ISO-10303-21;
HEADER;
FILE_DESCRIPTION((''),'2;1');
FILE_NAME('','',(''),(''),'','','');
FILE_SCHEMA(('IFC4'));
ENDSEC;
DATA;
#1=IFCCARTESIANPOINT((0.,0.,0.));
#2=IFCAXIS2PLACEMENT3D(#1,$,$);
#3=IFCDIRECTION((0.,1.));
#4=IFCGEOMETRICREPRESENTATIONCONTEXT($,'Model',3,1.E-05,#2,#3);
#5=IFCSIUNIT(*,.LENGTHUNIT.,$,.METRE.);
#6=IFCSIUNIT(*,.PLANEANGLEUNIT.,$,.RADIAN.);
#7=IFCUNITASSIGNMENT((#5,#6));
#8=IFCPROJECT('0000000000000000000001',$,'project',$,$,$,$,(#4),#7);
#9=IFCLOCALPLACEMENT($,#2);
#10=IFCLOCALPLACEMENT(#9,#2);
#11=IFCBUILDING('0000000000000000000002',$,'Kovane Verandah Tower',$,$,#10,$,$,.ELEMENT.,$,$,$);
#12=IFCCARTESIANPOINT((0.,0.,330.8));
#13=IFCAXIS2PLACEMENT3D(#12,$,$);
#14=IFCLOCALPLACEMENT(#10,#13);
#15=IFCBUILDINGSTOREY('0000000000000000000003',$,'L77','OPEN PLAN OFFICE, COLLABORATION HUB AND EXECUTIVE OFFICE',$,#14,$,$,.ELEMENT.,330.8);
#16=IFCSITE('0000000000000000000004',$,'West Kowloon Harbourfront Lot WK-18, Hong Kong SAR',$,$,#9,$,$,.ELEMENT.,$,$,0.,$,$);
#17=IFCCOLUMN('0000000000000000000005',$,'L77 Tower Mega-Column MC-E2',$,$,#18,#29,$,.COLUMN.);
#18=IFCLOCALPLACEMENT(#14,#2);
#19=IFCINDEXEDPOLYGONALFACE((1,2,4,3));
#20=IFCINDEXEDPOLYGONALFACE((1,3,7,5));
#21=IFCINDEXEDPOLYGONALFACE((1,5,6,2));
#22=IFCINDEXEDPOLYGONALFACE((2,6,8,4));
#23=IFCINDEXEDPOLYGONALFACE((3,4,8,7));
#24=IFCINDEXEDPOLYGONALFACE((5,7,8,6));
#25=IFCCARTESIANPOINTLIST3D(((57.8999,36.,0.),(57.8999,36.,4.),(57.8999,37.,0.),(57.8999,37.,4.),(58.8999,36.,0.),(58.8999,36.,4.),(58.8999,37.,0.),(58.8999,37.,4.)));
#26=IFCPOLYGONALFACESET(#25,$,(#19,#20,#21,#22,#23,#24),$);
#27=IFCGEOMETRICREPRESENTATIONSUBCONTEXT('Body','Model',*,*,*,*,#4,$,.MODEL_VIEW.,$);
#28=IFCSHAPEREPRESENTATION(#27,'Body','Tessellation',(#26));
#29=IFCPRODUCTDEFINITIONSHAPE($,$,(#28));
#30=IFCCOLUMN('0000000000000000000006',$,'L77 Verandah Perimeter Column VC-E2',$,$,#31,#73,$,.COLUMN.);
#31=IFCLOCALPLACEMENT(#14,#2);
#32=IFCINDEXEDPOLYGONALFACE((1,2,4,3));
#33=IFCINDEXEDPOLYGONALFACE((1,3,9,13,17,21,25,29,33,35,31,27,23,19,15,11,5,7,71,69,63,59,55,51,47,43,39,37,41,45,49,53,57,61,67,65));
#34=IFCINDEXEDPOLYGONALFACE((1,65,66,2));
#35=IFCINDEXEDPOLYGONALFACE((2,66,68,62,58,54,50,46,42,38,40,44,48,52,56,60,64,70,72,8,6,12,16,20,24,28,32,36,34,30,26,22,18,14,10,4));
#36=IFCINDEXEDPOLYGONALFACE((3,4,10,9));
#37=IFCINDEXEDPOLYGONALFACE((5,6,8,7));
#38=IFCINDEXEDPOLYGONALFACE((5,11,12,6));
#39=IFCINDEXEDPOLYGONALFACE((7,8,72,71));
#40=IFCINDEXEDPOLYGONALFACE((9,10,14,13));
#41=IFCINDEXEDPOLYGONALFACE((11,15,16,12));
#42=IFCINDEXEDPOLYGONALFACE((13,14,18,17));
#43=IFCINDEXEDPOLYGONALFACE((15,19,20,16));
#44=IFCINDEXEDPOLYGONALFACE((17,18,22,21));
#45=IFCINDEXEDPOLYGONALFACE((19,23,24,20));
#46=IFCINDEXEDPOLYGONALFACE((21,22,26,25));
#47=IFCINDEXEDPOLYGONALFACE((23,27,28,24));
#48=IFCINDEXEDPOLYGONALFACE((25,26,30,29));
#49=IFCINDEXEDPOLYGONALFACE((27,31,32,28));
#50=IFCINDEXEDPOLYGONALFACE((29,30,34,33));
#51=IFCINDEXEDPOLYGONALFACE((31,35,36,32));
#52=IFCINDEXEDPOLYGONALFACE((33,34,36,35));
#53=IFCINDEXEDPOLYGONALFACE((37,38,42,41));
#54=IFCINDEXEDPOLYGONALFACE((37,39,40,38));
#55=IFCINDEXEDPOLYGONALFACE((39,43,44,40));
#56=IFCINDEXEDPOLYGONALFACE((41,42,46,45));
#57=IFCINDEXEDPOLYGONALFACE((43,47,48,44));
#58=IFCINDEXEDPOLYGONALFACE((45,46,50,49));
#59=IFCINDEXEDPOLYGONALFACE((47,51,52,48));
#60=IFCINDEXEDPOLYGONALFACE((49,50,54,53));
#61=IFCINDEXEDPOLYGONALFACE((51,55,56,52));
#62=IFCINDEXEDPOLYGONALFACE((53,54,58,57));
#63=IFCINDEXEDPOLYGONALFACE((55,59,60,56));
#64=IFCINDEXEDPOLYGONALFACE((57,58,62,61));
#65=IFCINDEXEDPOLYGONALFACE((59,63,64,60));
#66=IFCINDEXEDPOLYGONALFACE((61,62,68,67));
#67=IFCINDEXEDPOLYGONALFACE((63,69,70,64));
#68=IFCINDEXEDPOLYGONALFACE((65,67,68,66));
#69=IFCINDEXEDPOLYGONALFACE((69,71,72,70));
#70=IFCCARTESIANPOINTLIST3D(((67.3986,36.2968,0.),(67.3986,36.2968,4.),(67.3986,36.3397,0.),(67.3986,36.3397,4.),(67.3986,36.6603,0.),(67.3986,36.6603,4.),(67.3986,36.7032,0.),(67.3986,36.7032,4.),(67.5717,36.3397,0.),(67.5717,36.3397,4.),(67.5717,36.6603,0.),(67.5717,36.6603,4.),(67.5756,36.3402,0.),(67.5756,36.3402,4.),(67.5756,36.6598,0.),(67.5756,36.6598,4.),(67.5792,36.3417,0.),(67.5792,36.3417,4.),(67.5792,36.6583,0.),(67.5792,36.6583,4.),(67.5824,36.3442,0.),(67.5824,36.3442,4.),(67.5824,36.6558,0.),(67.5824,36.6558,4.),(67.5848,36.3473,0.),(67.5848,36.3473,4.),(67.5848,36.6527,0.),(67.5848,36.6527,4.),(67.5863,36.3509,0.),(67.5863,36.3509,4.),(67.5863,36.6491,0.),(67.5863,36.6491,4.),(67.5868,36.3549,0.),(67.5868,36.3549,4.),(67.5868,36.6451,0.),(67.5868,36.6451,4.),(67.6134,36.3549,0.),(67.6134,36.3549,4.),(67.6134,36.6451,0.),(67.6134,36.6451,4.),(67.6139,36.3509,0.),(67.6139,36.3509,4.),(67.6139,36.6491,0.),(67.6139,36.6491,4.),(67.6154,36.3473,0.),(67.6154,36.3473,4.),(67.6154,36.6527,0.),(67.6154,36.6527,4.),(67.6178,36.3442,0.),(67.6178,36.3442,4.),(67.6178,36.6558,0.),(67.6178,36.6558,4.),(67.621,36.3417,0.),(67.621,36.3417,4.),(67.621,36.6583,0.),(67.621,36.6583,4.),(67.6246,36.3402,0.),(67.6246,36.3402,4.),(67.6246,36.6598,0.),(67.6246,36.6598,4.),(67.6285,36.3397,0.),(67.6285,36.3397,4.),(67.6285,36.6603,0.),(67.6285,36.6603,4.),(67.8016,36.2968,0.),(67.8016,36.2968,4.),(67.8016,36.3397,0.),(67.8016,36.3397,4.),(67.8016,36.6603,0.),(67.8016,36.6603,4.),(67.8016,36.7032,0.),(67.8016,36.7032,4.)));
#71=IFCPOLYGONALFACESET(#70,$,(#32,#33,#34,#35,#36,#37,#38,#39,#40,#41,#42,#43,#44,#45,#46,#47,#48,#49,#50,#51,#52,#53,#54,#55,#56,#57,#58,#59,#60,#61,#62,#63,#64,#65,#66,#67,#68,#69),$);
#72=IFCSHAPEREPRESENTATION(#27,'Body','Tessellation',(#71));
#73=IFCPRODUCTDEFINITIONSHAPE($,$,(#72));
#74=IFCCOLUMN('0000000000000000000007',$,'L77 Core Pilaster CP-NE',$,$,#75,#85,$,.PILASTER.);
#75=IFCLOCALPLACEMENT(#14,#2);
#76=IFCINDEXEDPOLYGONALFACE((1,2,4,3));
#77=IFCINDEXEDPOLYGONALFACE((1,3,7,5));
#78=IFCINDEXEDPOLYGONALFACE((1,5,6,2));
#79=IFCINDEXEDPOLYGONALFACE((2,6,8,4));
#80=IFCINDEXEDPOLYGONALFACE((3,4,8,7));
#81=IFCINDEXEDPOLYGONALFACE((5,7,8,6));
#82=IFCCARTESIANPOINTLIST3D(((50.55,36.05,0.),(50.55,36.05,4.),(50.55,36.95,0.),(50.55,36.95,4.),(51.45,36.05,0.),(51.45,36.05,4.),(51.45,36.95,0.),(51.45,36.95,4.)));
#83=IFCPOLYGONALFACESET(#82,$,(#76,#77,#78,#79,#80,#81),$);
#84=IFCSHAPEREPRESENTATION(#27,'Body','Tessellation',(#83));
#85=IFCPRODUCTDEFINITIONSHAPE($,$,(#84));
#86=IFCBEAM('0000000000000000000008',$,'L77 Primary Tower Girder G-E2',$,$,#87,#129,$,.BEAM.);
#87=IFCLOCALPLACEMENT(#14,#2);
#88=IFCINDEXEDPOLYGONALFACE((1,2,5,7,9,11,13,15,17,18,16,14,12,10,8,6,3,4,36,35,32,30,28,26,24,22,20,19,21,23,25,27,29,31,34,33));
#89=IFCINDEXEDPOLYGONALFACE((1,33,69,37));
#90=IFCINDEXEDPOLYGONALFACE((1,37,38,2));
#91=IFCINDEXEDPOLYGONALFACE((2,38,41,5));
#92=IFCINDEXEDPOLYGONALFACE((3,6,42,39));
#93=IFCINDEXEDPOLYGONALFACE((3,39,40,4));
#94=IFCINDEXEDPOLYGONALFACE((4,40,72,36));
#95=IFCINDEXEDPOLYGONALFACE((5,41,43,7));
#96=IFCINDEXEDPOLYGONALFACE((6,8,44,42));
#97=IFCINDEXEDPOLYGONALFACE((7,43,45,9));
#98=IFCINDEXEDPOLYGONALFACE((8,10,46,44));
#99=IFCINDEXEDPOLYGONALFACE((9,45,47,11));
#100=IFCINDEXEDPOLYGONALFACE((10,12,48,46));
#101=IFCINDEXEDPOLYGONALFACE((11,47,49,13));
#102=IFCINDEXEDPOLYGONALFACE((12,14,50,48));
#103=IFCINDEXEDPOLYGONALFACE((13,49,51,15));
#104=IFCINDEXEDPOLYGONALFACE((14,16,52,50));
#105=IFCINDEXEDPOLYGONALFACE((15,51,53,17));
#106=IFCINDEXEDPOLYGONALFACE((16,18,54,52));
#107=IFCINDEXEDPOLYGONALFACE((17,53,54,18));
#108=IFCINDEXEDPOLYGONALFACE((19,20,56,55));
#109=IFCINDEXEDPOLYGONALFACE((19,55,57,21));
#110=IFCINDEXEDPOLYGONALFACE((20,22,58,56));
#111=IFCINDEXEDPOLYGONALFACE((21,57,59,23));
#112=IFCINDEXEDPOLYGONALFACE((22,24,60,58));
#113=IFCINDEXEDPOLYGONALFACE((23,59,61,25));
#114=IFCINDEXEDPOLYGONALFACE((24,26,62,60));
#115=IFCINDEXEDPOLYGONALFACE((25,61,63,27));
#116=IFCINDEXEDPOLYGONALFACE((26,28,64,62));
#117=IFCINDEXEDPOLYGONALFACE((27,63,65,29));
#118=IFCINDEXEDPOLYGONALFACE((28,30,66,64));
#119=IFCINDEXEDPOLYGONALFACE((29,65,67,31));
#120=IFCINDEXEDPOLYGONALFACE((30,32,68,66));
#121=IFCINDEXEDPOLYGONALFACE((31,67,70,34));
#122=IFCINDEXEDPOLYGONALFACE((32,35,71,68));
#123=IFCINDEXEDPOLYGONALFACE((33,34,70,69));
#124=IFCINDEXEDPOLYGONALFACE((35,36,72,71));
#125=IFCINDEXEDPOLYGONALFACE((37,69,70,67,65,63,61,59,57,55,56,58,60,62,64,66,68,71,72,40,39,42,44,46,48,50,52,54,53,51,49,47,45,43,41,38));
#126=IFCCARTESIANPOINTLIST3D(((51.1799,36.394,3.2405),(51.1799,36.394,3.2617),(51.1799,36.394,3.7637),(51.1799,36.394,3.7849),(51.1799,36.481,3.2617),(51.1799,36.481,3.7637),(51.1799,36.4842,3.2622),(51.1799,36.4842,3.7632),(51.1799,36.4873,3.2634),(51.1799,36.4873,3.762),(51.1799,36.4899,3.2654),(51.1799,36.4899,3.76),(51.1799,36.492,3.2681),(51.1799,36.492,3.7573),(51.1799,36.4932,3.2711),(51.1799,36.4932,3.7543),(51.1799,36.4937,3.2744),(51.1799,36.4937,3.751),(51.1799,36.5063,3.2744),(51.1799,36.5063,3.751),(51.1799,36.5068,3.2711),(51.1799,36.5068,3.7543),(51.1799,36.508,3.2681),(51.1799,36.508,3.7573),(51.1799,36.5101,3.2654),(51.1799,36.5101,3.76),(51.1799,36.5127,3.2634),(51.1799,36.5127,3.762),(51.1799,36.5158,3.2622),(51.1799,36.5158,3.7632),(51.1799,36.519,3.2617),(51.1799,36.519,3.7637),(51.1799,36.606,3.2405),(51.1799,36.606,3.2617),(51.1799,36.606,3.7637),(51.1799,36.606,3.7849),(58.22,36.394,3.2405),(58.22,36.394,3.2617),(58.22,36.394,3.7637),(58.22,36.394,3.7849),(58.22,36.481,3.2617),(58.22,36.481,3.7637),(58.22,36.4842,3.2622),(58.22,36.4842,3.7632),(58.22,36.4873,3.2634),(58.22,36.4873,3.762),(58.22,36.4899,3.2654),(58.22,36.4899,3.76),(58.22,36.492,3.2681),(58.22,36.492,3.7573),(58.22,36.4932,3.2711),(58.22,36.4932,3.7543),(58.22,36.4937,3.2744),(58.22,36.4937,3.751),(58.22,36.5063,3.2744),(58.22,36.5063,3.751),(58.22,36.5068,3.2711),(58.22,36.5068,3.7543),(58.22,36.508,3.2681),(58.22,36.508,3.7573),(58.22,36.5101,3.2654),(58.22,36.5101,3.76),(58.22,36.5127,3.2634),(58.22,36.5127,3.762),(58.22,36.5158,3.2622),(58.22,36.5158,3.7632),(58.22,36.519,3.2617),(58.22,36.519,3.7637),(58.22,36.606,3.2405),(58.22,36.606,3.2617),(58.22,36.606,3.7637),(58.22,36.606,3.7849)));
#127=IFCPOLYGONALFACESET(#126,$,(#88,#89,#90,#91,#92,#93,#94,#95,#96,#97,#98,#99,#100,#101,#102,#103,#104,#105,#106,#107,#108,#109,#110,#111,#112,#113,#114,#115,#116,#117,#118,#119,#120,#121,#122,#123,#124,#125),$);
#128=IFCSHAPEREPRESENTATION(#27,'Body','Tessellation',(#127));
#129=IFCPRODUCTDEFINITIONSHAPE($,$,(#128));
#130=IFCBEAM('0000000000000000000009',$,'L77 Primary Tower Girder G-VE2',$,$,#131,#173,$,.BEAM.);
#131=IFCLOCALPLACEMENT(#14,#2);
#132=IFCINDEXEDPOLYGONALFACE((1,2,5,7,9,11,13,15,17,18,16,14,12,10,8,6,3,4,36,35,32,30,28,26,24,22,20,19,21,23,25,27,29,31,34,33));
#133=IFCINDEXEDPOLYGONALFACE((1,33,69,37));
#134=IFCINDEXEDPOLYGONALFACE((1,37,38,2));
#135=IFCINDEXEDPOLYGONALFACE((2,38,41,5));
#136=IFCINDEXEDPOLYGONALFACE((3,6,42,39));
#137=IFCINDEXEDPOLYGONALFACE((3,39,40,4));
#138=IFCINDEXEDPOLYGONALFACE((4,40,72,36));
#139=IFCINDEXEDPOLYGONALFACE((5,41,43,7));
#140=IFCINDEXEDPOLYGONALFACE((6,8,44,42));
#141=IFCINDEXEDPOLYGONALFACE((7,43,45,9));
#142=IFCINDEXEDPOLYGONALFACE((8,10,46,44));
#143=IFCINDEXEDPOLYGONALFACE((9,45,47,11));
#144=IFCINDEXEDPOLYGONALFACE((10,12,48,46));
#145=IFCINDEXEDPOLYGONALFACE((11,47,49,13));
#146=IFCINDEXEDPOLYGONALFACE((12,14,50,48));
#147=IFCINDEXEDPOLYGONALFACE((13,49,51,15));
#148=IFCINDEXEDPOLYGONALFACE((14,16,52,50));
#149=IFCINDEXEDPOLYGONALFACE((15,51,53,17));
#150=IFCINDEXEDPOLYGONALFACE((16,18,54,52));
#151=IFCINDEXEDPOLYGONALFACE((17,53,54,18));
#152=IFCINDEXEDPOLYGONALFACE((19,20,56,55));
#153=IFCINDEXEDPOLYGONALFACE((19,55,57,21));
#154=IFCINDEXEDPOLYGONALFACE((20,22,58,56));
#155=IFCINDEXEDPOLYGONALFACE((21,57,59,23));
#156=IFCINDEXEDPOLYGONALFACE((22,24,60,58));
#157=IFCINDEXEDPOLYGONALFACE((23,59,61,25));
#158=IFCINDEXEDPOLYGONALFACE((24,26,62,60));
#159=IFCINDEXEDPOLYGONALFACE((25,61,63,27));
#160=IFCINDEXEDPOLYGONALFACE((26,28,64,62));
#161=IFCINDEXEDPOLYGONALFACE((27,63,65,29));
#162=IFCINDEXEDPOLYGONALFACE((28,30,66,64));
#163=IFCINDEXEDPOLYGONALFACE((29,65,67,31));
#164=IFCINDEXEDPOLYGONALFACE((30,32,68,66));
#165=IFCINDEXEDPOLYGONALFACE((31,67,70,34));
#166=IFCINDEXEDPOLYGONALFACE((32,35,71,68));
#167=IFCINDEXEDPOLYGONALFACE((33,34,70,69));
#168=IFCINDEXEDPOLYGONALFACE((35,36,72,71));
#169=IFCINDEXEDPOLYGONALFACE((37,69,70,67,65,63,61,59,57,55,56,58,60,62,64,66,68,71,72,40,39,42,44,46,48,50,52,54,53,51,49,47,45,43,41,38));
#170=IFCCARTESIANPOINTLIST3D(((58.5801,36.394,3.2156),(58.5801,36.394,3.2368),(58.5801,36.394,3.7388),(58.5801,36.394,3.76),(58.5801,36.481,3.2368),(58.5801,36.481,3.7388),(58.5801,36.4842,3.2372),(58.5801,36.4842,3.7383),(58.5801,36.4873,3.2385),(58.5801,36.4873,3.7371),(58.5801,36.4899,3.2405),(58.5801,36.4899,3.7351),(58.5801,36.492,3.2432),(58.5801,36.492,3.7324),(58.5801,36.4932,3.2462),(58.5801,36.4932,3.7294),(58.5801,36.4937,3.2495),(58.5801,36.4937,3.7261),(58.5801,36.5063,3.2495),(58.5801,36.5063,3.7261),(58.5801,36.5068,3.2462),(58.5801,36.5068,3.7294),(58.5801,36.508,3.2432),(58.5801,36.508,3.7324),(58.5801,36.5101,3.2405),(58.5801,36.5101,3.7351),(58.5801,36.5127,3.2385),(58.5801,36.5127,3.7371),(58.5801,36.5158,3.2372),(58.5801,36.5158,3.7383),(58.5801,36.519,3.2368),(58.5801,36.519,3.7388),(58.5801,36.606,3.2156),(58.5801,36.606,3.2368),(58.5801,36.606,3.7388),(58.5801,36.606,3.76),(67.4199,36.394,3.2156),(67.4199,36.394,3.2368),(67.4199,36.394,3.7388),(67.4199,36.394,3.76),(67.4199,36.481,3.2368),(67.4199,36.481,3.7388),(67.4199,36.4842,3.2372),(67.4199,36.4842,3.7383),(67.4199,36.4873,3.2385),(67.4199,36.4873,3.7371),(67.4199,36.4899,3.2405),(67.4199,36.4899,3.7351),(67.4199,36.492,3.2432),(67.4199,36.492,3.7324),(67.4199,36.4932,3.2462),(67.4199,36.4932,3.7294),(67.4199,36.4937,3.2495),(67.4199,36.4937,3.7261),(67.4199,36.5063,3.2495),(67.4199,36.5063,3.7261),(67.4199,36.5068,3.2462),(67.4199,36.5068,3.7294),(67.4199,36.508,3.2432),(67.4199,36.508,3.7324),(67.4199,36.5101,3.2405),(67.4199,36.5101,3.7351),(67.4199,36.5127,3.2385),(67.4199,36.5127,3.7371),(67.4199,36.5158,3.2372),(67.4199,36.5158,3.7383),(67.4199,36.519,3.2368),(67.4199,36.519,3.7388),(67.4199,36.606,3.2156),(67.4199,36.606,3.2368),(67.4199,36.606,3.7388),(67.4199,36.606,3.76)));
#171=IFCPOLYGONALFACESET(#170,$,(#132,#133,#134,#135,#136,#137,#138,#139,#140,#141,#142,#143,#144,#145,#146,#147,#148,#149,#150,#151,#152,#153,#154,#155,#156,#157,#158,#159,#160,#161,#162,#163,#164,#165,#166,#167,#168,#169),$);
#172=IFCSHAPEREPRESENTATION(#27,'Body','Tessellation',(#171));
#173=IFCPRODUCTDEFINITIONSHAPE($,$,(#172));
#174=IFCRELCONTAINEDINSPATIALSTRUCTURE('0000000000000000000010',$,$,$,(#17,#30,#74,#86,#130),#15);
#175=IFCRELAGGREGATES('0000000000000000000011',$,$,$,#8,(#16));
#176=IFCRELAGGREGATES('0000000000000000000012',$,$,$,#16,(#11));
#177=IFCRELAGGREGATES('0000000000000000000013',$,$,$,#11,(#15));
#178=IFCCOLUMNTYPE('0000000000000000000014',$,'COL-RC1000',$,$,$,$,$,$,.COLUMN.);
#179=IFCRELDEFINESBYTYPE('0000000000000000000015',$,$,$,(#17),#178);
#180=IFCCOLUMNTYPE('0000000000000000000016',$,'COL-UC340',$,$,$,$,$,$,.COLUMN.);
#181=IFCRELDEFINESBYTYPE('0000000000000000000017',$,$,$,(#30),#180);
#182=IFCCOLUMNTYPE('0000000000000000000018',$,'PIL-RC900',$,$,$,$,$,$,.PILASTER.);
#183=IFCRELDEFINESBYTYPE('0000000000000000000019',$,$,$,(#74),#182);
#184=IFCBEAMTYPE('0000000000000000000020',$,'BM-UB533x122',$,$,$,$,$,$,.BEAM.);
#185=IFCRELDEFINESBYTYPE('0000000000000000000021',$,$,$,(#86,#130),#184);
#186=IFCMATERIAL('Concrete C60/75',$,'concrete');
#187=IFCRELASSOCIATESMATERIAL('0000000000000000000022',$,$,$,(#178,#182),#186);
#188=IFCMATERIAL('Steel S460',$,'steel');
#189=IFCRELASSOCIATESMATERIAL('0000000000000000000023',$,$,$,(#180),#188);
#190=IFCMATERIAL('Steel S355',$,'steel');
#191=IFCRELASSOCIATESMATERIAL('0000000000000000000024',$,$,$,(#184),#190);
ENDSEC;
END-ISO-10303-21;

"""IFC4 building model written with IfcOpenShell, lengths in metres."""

from ifc_helpers import new_model, si_unit, direction, frame, origin, origin_2d, place, context, subcontext, project, spatial, rectangle, i_section, extrude, material, material_profile, profile_set, type_object, element, save


model = new_model("IFC4")

# Units and contexts
model_context = context("Model", 3, precision=1e-05, world=origin(), true_north=direction((0.0, 1.0)))
body_context = subcontext(model_context, "Body", "Model", "MODEL_VIEW")
ifc_project = project(units=[si_unit("LENGTHUNIT", "METRE"), si_unit("PLANEANGLEUNIT", "RADIAN")], contexts=[model_context])

# Site, building, storey
site_placement = place(None, origin())
site = spatial("IfcSite", under=ifc_project, at=site_placement, Name="West Kowloon Harbourfront Lot WK-18, Hong Kong SAR", CompositionType="ELEMENT", RefElevation=0.0)
building_placement = place(site_placement, origin())
building = spatial("IfcBuilding", under=site, at=building_placement, Name="Kovane Verandah Tower", CompositionType="ELEMENT")
storey_placement = place(building_placement, frame((0.0, 0.0, 330.8)))
storey = spatial("IfcBuildingStorey", under=building, at=storey_placement, Name="L77", Description="OPEN PLAN OFFICE, COLLABORATION HUB AND EXECUTIVE OFFICE", CompositionType="ELEMENT", Elevation=330.8)

# Columns
ifc_material_1 = material(Name="Concrete C60/75", Category="concrete")
ifc_material_profile_1 = material_profile(ifc_material_1, rectangle(XDim=1.0, YDim=1.0, at=origin_2d()), Name="RC1000x1000")
ifc_profile_set_1 = profile_set([ifc_material_profile_1], Name="Concrete C60/75")
column_type_1 = type_object("IfcColumnType", Name="COL-RC1000", PredefinedType="COLUMN", material=ifc_profile_set_1)
column_1_placement = place(storey_placement, frame((58.3999, 36.5, 0.0), z_axis=(0.0, 0.0, 1.0), x_axis=(1.0, 0.0, 0.0)))
element("IfcColumn", 1, at=column_1_placement, inside=storey, type_object=column_type_1, Name="L77 Tower Mega-Column MC-E2", PredefinedType="COLUMN", context=body_context, shape_type="SweptSolid", body=[
    extrude(rectangle(XDim=1.0, YDim=1.0, at=origin_2d()), origin(), (0.0, 0.0, 1.0), 4.0),
])
ifc_material_2 = material(Name="Steel S460", Category="steel")
ifc_material_profile_2 = material_profile(ifc_material_2, i_section(OverallWidth=0.4031, OverallDepth=0.4065, WebThickness=0.0266, FlangeThickness=0.043, FilletRadius=0.0151, at=origin_2d()), Name="UC356x406x340")
ifc_profile_set_2 = profile_set([ifc_material_profile_2], Name="Steel S460")
column_type_2 = type_object("IfcColumnType", Name="COL-UC340", PredefinedType="COLUMN", material=ifc_profile_set_2)
column_2_placement = place(storey_placement, frame((67.6001, 36.5, 0.0), z_axis=(0.0, 0.0, 1.0), x_axis=(1.0, 0.0, 0.0)))
element("IfcColumn", 2, at=column_2_placement, inside=storey, type_object=column_type_2, Name="L77 Verandah Perimeter Column VC-E2", PredefinedType="COLUMN", context=body_context, shape_type="SweptSolid", body=[
    extrude(i_section(OverallWidth=0.4031, OverallDepth=0.4065, WebThickness=0.0266, FlangeThickness=0.043, FilletRadius=0.0151, at=origin_2d()), origin(), (0.0, 0.0, 1.0), 4.0),
])
ifc_material_profile_3 = material_profile(ifc_material_1, rectangle(XDim=0.8999, YDim=0.8999, at=origin_2d()), Name="RC900x900")
ifc_profile_set_3 = profile_set([ifc_material_profile_3], Name="Concrete C60/75")
column_type_3 = type_object("IfcColumnType", Name="PIL-RC900", PredefinedType="PILASTER", material=ifc_profile_set_3)
column_3_placement = place(storey_placement, frame((51.0, 36.5, 0.0), z_axis=(0.0, 0.0, 1.0), x_axis=(1.0, 0.0, 0.0)))
element("IfcColumn", 3, at=column_3_placement, inside=storey, type_object=column_type_3, Name="L77 Core Pilaster CP-NE", PredefinedType="PILASTER", context=body_context, shape_type="SweptSolid", body=[
    extrude(rectangle(XDim=0.8999, YDim=0.8999, at=origin_2d()), origin(), (0.0, 0.0, 1.0), 4.0),
])

# Beams
ifc_material_3 = material(Name="Steel S355", Category="steel")
ifc_material_profile_4 = material_profile(ifc_material_3, i_section(OverallWidth=0.2119, OverallDepth=0.5444, WebThickness=0.0127, FlangeThickness=0.0212, FilletRadius=0.0127, at=origin_2d()), Name="UB533x210x122")
ifc_profile_set_4 = profile_set([ifc_material_profile_4], Name="Steel S355")
beam_type_1 = type_object("IfcBeamType", Name="BM-UB533x122", PredefinedType="BEAM", material=ifc_profile_set_4)
beam_1_placement = place(storey_placement, frame((51.1799, 36.5, 3.5127), z_axis=(1.0, 0.0, 0.0), x_axis=(0.0, 1.0, 0.0)))
element("IfcBeam", 4, at=beam_1_placement, inside=storey, type_object=beam_type_1, Name="L77 Primary Tower Girder G-E2", PredefinedType="BEAM", context=body_context, shape_type="SweptSolid", body=[
    extrude(i_section(OverallWidth=0.2119, OverallDepth=0.5444, WebThickness=0.0127, FlangeThickness=0.0212, FilletRadius=0.0127, at=origin_2d()), origin(), (0.0, 0.0, 1.0), 7.04),
])
beam_2_placement = place(storey_placement, frame((58.5801, 36.5, 3.4878), z_axis=(1.0, 0.0, 0.0), x_axis=(0.0, 1.0, 0.0)))
element("IfcBeam", 5, at=beam_2_placement, inside=storey, type_object=beam_type_1, Name="L77 Primary Tower Girder G-VE2", PredefinedType="BEAM", context=body_context, shape_type="SweptSolid", body=[
    extrude(i_section(OverallWidth=0.2119, OverallDepth=0.5444, WebThickness=0.0127, FlangeThickness=0.0212, FilletRadius=0.0127, at=origin_2d()), origin(), (0.0, 0.0, 1.0), 8.8398),
])

save(model, "model.ifc")
